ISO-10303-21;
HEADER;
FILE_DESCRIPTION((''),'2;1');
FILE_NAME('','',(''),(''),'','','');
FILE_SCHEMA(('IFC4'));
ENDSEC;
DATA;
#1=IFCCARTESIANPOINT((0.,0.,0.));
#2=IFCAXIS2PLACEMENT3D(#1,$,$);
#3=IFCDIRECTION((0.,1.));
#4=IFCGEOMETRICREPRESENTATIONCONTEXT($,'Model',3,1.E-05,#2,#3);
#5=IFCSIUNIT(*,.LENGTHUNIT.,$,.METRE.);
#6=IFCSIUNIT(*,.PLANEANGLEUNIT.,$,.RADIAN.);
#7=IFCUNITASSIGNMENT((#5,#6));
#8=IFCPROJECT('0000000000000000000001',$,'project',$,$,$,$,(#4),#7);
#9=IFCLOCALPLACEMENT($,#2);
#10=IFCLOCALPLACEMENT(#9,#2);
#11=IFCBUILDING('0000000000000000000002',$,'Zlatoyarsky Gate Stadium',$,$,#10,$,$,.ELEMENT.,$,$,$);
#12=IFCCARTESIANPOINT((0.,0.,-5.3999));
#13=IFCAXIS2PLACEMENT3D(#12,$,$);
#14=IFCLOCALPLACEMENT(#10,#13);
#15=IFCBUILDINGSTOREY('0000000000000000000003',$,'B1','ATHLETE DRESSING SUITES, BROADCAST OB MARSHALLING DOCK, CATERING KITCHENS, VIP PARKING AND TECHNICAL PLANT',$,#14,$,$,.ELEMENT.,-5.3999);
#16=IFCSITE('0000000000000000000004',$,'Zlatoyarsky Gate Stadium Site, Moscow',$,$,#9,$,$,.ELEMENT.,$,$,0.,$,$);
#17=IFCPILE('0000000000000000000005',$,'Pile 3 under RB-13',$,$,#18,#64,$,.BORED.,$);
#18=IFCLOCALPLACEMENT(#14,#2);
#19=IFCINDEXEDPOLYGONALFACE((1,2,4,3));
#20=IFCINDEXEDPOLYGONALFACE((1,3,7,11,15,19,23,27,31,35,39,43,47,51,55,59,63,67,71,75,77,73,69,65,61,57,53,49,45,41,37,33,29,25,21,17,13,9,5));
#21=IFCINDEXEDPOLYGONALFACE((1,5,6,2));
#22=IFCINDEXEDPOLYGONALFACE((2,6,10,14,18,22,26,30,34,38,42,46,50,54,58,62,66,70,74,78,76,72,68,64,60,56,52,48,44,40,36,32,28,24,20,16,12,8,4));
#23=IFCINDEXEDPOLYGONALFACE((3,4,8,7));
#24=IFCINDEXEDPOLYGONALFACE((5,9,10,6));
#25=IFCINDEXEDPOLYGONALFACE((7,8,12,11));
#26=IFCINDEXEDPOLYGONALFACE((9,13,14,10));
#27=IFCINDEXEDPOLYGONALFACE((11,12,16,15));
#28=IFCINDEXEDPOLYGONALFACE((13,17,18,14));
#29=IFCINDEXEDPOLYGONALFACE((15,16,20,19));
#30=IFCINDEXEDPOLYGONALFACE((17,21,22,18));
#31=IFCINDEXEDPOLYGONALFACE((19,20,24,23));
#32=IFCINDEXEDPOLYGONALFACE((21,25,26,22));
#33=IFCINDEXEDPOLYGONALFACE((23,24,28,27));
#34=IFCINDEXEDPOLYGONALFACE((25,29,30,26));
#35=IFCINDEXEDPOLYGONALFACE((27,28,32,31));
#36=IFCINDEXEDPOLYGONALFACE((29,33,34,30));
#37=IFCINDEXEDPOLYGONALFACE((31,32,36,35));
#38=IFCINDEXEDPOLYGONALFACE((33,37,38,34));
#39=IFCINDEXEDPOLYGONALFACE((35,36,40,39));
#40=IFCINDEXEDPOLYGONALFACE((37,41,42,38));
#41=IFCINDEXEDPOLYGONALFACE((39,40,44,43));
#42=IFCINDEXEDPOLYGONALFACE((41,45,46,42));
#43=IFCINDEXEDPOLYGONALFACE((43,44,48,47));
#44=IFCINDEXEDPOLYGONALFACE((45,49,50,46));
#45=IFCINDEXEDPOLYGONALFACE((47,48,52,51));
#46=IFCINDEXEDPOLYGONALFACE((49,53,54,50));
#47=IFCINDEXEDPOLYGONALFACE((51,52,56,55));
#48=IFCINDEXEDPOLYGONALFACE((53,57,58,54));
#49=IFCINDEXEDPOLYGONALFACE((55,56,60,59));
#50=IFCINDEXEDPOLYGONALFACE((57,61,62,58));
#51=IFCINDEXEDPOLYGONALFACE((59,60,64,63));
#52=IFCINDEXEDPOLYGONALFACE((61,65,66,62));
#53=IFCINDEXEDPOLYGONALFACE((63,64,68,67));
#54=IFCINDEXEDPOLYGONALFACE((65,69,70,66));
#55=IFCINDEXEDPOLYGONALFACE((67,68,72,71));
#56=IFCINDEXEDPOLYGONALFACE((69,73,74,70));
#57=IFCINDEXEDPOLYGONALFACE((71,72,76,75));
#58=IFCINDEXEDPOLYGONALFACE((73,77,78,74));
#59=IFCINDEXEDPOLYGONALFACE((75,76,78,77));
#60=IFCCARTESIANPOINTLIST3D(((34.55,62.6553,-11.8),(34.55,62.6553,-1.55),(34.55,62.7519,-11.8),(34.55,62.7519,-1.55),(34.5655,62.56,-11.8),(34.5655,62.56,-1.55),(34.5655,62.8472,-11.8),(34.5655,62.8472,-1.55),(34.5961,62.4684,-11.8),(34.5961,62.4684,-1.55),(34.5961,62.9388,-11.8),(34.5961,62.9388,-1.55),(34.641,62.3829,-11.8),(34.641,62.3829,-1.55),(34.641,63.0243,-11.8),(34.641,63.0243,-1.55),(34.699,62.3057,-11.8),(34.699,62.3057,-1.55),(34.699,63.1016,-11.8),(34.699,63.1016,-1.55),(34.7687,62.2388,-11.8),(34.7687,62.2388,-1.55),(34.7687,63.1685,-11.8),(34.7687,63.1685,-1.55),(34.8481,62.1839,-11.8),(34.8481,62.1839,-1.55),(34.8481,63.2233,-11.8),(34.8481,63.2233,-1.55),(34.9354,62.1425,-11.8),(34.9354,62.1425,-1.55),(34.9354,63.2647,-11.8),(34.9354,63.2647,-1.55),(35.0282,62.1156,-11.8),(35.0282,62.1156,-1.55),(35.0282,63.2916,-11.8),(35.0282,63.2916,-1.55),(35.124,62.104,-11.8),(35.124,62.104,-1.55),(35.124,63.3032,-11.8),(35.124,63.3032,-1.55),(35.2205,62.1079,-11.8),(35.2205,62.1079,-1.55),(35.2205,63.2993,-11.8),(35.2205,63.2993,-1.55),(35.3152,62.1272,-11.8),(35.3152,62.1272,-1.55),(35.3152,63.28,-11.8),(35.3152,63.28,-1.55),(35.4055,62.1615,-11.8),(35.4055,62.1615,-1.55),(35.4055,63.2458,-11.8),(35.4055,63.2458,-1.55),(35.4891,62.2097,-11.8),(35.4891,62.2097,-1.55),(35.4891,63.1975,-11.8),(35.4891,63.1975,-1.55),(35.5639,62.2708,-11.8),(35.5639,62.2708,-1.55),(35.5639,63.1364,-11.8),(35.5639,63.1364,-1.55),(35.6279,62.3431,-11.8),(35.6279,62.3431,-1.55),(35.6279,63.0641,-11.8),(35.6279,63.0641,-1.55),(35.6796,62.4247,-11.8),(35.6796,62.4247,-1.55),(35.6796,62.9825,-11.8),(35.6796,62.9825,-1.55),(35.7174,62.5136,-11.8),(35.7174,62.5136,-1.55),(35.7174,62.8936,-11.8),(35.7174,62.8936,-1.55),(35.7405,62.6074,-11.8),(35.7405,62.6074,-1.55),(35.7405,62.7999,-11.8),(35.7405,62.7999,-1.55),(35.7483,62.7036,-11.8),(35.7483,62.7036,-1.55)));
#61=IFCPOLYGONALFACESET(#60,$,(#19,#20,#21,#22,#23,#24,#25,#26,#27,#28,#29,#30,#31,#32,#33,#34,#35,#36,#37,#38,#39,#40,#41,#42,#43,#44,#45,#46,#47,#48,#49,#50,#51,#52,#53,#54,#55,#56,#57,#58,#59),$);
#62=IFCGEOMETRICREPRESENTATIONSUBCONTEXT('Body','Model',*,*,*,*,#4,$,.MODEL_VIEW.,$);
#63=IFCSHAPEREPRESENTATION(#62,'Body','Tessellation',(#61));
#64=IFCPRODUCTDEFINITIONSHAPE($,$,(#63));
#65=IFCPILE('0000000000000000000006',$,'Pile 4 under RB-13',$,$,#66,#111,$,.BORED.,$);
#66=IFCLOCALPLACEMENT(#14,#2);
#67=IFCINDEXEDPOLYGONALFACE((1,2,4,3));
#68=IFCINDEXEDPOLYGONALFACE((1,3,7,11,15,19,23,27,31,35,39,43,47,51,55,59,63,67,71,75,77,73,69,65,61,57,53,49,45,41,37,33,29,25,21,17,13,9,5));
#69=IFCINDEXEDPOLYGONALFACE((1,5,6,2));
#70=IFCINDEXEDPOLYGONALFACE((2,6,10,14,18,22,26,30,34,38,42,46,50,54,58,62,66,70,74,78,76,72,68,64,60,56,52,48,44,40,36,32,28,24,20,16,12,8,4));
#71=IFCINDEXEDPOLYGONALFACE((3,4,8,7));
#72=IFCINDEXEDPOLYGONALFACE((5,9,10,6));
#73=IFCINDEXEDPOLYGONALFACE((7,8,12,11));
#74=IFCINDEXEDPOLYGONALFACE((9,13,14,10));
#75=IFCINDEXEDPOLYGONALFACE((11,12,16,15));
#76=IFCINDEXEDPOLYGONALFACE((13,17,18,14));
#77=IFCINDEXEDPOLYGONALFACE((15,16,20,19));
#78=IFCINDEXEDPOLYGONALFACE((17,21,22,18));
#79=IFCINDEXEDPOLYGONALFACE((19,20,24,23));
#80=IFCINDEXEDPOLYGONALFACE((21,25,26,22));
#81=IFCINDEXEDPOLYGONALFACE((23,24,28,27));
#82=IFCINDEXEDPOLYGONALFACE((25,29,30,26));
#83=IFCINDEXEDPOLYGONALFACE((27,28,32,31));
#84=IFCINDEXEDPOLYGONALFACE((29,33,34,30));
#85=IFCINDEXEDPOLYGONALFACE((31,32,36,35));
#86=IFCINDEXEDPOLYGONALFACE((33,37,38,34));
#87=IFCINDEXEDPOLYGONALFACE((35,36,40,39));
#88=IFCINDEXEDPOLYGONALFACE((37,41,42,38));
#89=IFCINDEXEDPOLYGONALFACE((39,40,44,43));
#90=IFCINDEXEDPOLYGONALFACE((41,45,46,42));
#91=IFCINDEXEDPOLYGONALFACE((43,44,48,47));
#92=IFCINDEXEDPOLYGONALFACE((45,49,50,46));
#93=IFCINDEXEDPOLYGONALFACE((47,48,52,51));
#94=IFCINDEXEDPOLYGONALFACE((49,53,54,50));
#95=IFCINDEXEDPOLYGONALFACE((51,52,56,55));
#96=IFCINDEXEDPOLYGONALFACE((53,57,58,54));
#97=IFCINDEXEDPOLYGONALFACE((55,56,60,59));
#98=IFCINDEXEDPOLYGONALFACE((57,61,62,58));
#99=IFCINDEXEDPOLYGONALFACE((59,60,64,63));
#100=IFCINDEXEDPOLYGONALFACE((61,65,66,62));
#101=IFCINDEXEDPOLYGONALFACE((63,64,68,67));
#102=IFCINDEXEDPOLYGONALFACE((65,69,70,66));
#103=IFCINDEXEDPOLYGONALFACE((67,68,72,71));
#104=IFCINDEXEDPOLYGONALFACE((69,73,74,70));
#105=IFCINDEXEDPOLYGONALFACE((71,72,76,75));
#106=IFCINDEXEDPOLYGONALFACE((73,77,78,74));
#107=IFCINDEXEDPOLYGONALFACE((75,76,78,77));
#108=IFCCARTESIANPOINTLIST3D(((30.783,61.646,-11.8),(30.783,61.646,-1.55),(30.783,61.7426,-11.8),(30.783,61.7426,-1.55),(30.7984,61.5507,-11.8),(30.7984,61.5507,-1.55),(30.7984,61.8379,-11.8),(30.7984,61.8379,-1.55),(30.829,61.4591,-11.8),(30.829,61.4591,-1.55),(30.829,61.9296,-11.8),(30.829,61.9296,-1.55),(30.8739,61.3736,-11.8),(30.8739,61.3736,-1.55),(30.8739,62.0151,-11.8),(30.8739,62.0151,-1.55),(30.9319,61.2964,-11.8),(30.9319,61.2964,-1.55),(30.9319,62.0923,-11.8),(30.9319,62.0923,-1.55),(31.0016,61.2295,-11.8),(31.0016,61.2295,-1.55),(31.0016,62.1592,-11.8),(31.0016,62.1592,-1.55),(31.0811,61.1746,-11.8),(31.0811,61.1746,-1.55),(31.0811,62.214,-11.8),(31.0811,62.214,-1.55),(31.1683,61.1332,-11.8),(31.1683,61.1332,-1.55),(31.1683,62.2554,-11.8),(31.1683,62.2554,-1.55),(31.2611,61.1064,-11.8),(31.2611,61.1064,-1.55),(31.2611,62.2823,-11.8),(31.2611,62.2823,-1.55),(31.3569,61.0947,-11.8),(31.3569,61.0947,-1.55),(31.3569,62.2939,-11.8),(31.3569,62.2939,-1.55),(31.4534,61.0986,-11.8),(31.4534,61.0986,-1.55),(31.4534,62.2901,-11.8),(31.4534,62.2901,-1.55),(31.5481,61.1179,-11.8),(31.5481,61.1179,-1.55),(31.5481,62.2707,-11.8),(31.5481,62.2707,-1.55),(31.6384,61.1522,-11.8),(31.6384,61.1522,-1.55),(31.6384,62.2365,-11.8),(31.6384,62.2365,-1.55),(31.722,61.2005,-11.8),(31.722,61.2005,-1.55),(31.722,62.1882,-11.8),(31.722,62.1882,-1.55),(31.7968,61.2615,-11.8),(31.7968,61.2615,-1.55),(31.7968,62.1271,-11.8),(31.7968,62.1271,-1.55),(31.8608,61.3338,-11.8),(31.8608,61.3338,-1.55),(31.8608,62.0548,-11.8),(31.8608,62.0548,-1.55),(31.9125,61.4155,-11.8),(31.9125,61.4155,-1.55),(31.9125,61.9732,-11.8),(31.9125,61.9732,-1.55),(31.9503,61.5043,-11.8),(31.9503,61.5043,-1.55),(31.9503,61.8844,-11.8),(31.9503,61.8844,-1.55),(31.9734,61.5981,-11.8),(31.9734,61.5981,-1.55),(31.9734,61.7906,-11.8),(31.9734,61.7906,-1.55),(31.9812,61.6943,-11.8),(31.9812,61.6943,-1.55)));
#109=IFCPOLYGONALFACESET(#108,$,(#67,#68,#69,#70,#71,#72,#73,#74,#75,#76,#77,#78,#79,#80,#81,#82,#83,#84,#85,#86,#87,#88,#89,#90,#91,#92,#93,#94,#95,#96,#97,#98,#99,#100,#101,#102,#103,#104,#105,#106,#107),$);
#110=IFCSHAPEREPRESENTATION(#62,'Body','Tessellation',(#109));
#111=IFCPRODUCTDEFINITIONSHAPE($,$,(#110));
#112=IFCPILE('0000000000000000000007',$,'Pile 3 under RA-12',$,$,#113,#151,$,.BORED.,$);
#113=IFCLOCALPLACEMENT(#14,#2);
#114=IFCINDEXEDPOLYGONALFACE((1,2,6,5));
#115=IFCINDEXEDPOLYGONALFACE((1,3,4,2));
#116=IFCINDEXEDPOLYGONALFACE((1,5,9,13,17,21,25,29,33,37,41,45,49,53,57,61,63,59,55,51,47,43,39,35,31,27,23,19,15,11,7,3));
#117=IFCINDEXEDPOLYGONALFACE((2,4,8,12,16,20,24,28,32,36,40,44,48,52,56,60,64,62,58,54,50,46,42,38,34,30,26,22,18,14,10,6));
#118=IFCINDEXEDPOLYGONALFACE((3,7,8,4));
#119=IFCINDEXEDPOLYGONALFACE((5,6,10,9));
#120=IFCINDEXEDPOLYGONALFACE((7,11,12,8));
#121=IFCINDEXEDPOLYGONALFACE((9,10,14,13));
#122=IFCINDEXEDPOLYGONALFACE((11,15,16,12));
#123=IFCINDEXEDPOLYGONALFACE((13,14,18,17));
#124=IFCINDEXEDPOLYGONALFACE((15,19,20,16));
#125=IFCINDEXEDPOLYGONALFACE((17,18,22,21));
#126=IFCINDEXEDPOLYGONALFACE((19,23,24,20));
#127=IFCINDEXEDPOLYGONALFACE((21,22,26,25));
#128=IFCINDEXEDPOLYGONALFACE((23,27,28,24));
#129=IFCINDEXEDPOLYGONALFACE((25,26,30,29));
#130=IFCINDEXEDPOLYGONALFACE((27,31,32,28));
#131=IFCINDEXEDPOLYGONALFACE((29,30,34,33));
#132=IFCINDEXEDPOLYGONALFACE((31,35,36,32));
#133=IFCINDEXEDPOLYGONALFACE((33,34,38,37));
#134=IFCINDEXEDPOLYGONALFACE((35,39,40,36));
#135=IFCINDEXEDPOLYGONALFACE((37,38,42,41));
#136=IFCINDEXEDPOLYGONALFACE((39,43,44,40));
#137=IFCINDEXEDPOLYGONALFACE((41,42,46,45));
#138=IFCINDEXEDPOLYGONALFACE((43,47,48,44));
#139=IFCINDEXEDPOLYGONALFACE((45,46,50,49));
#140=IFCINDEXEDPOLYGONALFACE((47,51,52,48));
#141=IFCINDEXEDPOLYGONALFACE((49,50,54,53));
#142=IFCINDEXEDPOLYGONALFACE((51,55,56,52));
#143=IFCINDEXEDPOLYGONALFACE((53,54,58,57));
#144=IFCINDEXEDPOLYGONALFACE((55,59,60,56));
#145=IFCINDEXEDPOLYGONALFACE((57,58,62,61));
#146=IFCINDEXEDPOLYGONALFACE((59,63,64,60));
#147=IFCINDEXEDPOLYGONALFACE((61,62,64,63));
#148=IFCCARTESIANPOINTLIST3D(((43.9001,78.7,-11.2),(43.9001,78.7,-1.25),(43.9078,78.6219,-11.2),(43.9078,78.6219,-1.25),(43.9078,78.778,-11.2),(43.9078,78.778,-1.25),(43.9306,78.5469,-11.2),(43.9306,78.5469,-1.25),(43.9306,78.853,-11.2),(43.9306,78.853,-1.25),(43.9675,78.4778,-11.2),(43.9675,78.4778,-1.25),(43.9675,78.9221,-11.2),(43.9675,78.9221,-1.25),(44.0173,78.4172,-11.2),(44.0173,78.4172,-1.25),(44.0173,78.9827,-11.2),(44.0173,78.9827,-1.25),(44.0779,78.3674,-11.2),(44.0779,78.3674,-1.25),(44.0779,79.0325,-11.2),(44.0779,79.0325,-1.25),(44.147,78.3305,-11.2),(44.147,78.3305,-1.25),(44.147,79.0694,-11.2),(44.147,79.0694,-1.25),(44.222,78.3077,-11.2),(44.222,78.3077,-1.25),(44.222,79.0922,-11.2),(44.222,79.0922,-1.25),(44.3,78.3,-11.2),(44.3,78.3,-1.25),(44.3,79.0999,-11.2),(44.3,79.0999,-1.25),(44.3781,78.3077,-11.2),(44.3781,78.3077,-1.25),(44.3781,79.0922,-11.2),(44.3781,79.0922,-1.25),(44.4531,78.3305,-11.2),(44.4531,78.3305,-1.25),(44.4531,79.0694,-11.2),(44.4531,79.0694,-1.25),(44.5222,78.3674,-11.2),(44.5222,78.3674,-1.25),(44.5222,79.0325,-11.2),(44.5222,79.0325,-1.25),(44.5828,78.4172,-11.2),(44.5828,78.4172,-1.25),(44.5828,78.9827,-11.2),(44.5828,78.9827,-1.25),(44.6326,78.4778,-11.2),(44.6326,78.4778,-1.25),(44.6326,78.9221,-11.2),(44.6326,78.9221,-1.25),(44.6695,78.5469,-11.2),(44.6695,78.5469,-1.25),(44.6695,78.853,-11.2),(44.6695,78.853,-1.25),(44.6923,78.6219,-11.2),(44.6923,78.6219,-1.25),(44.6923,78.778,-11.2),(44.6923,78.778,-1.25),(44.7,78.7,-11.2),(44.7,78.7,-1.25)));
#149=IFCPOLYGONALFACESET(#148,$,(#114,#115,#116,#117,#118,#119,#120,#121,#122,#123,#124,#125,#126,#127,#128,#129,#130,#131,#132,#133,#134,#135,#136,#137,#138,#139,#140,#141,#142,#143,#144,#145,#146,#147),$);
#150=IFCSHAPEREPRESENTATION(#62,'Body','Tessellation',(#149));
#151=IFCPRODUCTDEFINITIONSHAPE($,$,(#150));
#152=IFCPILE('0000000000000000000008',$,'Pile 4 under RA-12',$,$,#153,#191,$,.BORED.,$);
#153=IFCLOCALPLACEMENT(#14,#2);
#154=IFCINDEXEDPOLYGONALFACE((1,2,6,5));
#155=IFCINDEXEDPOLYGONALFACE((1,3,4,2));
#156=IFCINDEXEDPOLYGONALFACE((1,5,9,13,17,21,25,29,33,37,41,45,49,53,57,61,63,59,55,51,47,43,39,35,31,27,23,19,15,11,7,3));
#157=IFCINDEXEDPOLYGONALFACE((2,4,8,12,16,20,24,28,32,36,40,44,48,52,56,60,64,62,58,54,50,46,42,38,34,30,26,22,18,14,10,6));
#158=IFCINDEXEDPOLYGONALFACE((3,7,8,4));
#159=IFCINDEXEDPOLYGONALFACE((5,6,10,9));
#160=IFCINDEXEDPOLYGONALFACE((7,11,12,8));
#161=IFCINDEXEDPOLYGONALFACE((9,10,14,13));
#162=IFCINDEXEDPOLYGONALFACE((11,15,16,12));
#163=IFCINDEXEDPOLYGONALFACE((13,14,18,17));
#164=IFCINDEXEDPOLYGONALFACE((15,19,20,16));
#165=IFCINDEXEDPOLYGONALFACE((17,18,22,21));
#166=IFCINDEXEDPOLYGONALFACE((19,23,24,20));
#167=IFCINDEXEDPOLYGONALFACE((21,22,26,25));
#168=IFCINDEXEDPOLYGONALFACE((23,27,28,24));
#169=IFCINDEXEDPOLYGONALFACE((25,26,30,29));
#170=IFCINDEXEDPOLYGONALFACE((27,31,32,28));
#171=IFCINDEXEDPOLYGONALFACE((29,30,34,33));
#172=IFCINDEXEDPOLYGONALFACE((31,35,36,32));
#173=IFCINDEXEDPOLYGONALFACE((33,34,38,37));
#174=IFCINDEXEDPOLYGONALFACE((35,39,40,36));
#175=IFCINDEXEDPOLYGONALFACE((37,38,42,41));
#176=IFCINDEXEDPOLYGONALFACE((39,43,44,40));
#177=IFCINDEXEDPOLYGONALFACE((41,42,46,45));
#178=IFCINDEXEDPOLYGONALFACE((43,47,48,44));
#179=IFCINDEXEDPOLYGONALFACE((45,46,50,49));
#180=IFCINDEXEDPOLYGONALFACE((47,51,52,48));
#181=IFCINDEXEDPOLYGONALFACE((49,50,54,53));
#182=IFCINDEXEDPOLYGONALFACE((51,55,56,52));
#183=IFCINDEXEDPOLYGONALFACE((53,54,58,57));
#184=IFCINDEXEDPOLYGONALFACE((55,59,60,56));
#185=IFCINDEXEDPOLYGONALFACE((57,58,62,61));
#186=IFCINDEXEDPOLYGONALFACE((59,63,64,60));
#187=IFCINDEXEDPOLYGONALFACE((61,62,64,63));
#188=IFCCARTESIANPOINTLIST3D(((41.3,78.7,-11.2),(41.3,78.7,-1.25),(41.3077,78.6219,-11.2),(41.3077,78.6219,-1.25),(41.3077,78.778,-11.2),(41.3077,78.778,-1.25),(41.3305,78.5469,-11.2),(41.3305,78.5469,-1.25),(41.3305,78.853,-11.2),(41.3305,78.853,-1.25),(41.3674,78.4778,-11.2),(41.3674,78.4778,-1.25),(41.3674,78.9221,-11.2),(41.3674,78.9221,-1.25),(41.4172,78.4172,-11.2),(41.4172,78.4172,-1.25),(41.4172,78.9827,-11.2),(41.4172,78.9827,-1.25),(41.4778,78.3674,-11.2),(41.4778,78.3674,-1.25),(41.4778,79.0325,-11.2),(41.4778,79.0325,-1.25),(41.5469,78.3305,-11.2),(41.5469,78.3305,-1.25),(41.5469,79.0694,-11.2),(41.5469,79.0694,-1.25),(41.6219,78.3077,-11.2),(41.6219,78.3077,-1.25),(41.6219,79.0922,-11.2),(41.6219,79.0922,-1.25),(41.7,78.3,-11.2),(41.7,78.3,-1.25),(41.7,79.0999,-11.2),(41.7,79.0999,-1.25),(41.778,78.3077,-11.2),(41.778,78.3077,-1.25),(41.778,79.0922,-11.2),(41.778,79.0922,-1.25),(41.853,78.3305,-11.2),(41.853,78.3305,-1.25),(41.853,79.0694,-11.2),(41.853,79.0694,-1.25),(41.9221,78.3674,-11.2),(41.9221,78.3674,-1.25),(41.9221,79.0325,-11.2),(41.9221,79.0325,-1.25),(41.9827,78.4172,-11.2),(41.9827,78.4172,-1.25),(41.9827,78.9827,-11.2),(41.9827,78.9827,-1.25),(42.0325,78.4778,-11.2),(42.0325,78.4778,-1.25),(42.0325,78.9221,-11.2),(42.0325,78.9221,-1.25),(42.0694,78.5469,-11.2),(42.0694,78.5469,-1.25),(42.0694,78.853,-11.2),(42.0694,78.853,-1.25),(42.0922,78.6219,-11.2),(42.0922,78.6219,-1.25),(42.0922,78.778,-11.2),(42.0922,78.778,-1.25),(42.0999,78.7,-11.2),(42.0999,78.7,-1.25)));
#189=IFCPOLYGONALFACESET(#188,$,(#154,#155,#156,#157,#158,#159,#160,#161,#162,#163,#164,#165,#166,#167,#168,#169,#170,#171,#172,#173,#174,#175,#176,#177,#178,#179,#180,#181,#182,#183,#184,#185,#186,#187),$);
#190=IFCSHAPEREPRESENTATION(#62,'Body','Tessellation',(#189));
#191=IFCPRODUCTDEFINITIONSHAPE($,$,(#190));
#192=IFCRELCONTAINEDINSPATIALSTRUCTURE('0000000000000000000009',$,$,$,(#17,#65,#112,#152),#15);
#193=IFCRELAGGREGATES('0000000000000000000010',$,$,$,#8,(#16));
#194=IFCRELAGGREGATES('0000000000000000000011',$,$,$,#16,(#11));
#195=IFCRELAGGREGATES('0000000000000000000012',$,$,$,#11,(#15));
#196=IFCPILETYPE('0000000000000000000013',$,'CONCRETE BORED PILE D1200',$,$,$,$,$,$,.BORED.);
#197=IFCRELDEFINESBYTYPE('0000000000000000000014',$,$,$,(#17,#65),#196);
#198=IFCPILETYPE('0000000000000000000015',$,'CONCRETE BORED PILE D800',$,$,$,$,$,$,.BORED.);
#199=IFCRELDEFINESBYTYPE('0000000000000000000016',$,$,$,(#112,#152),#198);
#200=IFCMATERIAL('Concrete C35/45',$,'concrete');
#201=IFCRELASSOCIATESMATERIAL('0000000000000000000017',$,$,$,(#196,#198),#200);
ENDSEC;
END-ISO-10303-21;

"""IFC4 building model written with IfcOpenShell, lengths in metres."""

from ifc_helpers import new_model, si_unit, direction, frame, origin, origin_2d, place, context, subcontext, project, spatial, circle, extrude, material, material_profile, profile_set, type_object, element, save


model = new_model("IFC4")

# Units and contexts
model_context = context("Model", 3, precision=1e-05, world=origin(), true_north=direction((0.0, 1.0)))
body_context = subcontext(model_context, "Body", "Model", "MODEL_VIEW")
ifc_project = project(units=[si_unit("LENGTHUNIT", "METRE"), si_unit("PLANEANGLEUNIT", "RADIAN")], contexts=[model_context])

# Site, building, storey
site_placement = place(None, origin())
site = spatial("IfcSite", under=ifc_project, at=site_placement, Name="Zlatoyarsky Gate Stadium Site, Moscow", CompositionType="ELEMENT", RefElevation=0.0)
building_placement = place(site_placement, origin())
building = spatial("IfcBuilding", under=site, at=building_placement, Name="Zlatoyarsky Gate Stadium", CompositionType="ELEMENT")
storey_placement = place(building_placement, frame((0.0, 0.0, -5.3999)))
storey = spatial("IfcBuildingStorey", under=building, at=storey_placement, Name="B1", Description="ATHLETE DRESSING SUITES, BROADCAST OB MARSHALLING DOCK, CATERING KITCHENS, VIP PARKING AND TECHNICAL PLANT", CompositionType="ELEMENT", Elevation=-5.3999)

# Piles
ifc_material_1 = material(Name="Concrete C35/45", Category="concrete")
ifc_material_profile_1 = material_profile(ifc_material_1, circle(Radius=0.6001, at=origin_2d()), Name="BORED PILE D1200")
ifc_profile_set_1 = profile_set([ifc_material_profile_1], Name="Concrete C35/45")
pile_type_1 = type_object("IfcPileType", Name="CONCRETE BORED PILE D1200", PredefinedType="BORED", material=ifc_profile_set_1)
for number, where, z_axis, x_axis, name in (
    (1, (35.1482, 62.7036, -1.55), (0.0, 0.0, -1.0), (1.0, 0.0, 0.0), "Pile 3 under RB-13"),
    (2, (31.3811, 61.6943, -1.55), (0.0, 0.0, -1.0), (1.0, 0.0, 0.0), "Pile 4 under RB-13"),
):
    element("IfcPile", number, at=place(storey_placement, frame(where, z_axis=z_axis, x_axis=x_axis)), inside=storey, type_object=pile_type_1, Name=name, PredefinedType="BORED", context=body_context, shape_type="SweptSolid", body=[
        extrude(circle(Radius=0.6001, at=origin_2d()), origin(), (0.0, 0.0, 1.0), 10.25),
    ])
ifc_material_profile_2 = material_profile(ifc_material_1, circle(Radius=0.3999, at=origin_2d()), Name="BORED PILE D800")
ifc_profile_set_2 = profile_set([ifc_material_profile_2], Name="Concrete C35/45")
pile_type_2 = type_object("IfcPileType", Name="CONCRETE BORED PILE D800", PredefinedType="BORED", material=ifc_profile_set_2)
for number, where, z_axis, x_axis, name in (
    (3, (44.3, 78.7, -1.25), (0.0, 0.0, -1.0), (1.0, 0.0, 0.0), "Pile 3 under RA-12"),
    (4, (41.7, 78.7, -1.25), (0.0, 0.0, -1.0), (1.0, 0.0, 0.0), "Pile 4 under RA-12"),
):
    element("IfcPile", number, at=place(storey_placement, frame(where, z_axis=z_axis, x_axis=x_axis)), inside=storey, type_object=pile_type_2, Name=name, PredefinedType="BORED", context=body_context, shape_type="SweptSolid", body=[
        extrude(circle(Radius=0.3999, at=origin_2d()), origin(), (0.0, 0.0, 1.0), 9.95),
    ])

save(model, "model.ifc")
